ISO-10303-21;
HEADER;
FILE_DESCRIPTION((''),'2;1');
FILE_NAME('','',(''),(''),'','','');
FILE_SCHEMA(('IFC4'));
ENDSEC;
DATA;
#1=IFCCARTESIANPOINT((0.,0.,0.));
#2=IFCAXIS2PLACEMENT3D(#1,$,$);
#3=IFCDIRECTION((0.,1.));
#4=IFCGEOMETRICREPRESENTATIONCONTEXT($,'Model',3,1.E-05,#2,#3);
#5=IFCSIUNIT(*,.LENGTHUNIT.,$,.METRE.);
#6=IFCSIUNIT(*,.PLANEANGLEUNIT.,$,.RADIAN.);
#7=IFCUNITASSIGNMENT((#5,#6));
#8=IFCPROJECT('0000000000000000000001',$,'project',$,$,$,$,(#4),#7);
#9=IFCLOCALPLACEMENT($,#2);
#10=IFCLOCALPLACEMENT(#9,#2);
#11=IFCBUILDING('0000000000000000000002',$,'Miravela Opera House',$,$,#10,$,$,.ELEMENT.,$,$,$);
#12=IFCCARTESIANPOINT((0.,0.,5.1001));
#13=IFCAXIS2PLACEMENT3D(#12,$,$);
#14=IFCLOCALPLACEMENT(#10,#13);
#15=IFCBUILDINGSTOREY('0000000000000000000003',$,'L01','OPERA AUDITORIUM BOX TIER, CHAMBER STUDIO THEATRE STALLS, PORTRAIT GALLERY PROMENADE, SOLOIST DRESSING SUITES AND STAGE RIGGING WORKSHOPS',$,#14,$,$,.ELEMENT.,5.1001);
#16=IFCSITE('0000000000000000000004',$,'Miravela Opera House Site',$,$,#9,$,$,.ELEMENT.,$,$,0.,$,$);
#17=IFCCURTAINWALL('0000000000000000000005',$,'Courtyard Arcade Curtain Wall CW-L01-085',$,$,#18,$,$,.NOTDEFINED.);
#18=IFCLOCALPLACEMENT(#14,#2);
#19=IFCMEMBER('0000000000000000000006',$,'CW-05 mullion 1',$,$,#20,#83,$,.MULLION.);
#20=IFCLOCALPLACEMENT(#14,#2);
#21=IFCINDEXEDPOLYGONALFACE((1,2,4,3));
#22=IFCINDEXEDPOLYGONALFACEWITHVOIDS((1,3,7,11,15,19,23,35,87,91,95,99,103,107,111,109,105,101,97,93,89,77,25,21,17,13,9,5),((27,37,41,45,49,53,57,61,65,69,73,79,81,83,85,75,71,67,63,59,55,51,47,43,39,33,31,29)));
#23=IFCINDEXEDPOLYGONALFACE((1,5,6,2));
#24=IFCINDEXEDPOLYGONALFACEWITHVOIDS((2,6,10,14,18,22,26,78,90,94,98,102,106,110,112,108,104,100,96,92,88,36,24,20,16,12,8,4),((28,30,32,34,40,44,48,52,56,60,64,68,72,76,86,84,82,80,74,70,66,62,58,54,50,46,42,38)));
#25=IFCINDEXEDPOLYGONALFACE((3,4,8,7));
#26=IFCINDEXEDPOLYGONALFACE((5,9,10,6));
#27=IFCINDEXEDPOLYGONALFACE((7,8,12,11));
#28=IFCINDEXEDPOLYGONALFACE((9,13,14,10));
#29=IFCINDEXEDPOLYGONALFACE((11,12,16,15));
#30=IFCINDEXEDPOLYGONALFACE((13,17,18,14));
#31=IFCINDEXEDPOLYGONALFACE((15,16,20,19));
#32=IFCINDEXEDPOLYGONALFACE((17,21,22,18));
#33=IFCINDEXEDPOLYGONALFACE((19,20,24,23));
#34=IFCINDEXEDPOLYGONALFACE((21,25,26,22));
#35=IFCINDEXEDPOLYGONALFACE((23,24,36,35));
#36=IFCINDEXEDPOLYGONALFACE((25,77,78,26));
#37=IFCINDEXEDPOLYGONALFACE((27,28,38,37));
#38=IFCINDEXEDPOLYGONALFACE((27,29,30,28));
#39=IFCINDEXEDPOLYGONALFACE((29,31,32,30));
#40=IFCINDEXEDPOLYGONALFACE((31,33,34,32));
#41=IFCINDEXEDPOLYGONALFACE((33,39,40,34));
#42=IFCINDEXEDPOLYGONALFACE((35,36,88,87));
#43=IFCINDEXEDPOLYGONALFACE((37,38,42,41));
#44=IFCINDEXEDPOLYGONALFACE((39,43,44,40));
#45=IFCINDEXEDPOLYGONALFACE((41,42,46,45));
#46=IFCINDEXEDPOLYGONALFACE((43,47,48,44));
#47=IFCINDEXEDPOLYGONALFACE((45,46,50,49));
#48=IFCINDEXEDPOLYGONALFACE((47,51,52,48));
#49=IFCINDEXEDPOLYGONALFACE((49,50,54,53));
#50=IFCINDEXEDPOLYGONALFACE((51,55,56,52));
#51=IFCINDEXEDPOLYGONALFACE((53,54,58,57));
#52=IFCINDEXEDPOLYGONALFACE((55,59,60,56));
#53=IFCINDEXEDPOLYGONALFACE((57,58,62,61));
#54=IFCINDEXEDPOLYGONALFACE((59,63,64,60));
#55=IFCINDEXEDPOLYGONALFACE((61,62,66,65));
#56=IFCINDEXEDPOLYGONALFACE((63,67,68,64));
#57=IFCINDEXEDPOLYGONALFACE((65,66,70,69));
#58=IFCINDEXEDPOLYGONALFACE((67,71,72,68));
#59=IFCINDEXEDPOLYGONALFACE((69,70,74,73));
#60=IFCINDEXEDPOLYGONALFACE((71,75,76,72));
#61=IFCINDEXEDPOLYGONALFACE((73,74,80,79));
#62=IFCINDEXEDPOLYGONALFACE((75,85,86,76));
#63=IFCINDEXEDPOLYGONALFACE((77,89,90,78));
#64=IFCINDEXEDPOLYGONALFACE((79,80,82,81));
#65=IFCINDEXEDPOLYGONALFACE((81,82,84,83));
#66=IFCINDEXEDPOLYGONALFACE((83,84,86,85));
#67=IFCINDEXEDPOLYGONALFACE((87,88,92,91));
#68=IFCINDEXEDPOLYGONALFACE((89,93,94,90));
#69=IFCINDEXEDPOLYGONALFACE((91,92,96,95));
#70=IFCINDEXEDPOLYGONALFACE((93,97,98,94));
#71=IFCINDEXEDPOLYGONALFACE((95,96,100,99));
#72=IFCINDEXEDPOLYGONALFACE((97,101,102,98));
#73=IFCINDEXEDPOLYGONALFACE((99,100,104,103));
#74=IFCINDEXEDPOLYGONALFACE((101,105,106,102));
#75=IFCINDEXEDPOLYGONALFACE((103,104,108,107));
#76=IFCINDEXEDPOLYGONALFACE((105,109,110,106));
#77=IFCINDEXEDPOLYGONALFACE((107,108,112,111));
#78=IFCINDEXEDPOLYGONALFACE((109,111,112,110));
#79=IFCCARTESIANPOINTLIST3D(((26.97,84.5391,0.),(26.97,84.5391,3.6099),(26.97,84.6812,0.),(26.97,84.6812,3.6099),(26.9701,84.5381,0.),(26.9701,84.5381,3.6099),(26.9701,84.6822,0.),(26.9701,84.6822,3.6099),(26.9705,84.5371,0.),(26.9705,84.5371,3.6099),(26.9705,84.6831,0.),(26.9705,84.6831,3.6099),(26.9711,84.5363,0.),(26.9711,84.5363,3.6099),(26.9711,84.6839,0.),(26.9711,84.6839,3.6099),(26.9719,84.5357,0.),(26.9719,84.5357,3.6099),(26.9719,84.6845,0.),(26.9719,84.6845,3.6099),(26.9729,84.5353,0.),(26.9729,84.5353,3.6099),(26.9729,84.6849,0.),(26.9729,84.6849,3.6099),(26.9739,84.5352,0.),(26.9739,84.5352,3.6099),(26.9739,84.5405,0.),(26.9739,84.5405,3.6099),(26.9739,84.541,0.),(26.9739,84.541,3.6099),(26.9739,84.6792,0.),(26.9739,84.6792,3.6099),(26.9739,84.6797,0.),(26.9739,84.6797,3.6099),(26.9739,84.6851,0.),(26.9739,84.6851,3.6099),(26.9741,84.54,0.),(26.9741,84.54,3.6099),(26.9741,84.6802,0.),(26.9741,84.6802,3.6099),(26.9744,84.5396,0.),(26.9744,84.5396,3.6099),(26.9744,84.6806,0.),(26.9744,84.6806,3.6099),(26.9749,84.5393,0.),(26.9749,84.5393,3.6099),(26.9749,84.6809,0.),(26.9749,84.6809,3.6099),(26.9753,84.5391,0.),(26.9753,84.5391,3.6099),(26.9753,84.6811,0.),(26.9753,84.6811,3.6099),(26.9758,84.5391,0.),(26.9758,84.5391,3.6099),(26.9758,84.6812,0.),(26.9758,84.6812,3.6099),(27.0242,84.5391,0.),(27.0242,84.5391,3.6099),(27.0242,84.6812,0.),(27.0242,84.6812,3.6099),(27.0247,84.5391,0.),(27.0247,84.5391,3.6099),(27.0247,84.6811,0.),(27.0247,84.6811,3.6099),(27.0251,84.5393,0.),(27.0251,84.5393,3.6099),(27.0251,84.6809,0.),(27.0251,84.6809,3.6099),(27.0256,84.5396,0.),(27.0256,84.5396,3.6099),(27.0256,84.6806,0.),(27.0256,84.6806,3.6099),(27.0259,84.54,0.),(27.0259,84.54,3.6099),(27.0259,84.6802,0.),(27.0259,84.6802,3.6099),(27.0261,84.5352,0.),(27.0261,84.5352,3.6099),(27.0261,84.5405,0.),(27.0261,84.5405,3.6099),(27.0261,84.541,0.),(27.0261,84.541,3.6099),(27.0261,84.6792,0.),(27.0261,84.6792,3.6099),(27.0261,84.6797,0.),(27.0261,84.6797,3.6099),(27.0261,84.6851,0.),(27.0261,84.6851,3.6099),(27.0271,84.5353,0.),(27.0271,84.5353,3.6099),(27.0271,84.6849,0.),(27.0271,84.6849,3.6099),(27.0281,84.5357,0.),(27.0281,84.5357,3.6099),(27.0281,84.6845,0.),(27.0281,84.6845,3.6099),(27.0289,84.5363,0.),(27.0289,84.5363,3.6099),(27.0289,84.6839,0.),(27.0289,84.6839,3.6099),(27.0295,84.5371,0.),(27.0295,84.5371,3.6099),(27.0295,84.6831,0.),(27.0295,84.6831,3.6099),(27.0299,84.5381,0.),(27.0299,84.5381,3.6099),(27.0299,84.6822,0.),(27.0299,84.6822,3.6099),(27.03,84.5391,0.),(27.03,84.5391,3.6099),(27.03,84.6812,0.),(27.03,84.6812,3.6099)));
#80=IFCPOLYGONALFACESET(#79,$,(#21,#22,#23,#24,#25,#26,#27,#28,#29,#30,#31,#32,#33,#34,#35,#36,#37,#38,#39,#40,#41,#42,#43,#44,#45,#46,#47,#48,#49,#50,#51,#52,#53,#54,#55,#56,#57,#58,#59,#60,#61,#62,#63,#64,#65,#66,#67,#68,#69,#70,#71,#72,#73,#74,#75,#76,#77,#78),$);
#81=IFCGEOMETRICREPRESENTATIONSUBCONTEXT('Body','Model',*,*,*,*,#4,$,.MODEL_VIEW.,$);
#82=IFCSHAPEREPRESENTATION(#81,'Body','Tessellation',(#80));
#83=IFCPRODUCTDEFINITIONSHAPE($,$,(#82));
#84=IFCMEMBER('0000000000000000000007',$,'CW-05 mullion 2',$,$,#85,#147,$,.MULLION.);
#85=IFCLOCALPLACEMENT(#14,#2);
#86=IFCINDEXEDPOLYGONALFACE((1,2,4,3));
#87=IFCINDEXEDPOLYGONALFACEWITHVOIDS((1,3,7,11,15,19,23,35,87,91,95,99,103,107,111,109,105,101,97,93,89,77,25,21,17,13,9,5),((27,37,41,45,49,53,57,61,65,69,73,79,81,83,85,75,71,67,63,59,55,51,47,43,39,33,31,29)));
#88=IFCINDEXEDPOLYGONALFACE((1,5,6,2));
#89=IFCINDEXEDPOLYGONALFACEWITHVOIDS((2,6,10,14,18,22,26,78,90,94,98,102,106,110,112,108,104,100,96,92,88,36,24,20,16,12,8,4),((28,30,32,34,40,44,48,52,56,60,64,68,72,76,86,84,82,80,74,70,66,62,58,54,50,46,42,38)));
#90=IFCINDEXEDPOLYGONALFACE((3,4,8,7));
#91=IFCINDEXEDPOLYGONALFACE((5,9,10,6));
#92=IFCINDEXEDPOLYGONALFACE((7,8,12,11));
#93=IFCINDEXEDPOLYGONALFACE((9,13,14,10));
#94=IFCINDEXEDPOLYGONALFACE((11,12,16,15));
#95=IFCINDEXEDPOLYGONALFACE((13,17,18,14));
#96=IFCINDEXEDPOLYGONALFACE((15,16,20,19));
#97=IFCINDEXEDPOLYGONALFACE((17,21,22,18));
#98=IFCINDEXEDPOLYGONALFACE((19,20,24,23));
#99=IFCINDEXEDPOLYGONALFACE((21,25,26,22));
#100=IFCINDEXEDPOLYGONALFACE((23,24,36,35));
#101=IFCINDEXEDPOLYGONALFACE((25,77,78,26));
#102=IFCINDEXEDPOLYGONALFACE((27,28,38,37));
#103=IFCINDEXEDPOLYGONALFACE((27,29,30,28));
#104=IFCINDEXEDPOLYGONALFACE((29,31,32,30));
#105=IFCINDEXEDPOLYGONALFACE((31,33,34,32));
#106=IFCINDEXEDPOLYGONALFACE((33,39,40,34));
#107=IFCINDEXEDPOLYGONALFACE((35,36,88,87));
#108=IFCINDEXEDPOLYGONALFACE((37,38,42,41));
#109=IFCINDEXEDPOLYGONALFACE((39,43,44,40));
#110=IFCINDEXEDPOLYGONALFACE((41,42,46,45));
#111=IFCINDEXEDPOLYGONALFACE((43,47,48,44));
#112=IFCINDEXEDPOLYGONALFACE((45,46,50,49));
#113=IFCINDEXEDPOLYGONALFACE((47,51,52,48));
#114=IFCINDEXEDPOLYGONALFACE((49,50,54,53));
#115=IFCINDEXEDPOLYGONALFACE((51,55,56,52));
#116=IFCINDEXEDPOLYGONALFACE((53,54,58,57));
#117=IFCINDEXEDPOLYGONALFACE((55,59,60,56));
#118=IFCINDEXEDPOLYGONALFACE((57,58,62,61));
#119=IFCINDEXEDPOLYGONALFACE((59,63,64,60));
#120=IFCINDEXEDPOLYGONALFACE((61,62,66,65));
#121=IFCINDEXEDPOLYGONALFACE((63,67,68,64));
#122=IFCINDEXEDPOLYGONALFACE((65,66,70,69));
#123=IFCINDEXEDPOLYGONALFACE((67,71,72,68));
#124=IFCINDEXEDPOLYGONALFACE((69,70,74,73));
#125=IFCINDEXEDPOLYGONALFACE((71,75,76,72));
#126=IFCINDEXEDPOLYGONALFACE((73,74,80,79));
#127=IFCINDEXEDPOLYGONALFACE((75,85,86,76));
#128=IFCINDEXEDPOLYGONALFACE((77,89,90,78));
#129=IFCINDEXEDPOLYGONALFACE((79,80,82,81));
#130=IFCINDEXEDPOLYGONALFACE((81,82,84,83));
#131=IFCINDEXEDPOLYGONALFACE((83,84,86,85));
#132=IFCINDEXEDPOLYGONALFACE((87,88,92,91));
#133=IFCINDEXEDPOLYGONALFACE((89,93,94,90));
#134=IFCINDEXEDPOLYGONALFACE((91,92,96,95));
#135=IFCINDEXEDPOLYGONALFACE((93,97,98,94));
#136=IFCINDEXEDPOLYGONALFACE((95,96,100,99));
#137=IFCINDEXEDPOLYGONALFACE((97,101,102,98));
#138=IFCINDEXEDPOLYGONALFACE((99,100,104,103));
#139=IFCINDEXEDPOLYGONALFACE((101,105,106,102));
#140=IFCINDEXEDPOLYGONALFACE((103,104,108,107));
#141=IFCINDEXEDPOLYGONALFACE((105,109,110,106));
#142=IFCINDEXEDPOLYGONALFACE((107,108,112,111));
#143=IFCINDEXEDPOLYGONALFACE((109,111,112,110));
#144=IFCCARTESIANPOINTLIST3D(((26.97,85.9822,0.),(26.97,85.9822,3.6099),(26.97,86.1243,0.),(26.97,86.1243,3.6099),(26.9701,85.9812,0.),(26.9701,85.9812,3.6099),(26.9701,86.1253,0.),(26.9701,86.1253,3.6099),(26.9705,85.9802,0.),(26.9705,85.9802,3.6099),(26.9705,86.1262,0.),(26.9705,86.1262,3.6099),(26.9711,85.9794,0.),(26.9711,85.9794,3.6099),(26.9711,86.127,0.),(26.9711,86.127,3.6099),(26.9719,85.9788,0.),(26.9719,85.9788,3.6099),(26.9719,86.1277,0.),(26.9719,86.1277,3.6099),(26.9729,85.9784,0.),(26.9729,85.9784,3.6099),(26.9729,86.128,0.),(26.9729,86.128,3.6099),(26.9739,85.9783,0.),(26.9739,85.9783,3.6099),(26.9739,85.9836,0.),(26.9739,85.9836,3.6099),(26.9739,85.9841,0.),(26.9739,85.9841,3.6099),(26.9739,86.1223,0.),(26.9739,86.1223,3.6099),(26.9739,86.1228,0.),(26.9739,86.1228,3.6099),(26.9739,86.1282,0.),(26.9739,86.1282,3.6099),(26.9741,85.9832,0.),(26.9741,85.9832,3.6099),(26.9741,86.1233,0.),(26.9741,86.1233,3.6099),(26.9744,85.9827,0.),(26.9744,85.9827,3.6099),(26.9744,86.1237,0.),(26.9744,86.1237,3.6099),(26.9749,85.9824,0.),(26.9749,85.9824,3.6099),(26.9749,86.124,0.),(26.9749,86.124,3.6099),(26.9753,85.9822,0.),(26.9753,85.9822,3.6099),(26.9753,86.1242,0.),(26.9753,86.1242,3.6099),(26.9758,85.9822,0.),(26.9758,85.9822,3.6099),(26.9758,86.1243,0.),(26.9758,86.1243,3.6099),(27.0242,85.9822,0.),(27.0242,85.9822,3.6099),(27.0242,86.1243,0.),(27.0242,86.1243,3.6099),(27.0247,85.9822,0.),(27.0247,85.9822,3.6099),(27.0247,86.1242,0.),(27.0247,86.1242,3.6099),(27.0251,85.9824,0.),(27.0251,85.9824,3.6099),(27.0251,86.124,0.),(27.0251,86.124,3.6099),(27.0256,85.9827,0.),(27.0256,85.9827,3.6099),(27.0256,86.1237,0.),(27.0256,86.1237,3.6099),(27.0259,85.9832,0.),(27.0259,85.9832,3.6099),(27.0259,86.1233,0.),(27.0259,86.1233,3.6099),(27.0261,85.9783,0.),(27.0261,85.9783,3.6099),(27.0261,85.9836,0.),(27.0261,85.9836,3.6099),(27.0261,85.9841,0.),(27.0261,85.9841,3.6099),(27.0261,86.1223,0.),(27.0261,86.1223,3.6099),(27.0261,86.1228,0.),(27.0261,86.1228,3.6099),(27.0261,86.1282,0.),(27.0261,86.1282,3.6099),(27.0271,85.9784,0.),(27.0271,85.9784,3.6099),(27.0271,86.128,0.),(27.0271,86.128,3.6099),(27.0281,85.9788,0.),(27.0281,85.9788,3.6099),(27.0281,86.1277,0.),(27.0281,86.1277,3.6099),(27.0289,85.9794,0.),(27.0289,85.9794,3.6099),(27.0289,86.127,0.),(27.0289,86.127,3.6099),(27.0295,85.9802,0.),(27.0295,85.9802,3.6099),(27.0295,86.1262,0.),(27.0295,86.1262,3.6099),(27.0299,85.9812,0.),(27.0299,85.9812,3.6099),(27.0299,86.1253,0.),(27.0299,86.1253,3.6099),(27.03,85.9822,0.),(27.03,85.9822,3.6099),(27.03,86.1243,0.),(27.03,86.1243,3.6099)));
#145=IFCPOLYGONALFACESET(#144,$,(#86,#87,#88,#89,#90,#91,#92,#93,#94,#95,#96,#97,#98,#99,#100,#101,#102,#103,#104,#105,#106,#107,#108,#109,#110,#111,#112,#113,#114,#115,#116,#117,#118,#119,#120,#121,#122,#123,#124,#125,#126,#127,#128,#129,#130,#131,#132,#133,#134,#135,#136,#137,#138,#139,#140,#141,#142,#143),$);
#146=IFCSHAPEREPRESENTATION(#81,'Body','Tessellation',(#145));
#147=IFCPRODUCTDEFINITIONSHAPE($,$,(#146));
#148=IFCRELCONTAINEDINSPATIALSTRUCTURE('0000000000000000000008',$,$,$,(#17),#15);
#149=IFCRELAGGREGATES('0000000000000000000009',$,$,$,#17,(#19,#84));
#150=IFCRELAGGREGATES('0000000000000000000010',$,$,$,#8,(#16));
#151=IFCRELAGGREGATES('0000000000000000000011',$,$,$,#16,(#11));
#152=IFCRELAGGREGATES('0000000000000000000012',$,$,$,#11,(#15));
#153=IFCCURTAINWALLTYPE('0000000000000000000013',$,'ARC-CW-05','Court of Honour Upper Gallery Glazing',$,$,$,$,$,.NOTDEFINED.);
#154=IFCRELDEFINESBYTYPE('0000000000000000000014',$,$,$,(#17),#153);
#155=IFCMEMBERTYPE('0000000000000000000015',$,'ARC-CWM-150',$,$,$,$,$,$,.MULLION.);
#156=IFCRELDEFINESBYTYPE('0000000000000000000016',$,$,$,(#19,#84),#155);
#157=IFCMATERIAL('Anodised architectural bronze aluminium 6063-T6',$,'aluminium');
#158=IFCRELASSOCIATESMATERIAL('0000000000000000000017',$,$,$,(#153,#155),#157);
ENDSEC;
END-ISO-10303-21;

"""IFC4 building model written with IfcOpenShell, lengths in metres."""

from ifc_helpers import new_model, si_unit, direction, frame, origin, origin_2d, place, context, subcontext, project, spatial, hollow_rectangle, extrude, material, material_profile, profile_set, type_object, element, aggregate, save


model = new_model("IFC4")

# Units and contexts
model_context = context("Model", 3, precision=1e-05, world=origin(), true_north=direction((0.0, 1.0)))
body_context = subcontext(model_context, "Body", "Model", "MODEL_VIEW")
ifc_project = project(units=[si_unit("LENGTHUNIT", "METRE"), si_unit("PLANEANGLEUNIT", "RADIAN")], contexts=[model_context])

# Site, building, storey
site_placement = place(None, origin())
site = spatial("IfcSite", under=ifc_project, at=site_placement, Name="Miravela Opera House Site", CompositionType="ELEMENT", RefElevation=0.0)
building_placement = place(site_placement, origin())
building = spatial("IfcBuilding", under=site, at=building_placement, Name="Miravela Opera House", CompositionType="ELEMENT")
storey_placement = place(building_placement, frame((0.0, 0.0, 5.1001)))
storey = spatial("IfcBuildingStorey", under=building, at=storey_placement, Name="L01", Description="OPERA AUDITORIUM BOX TIER, CHAMBER STUDIO THEATRE STALLS, PORTRAIT GALLERY PROMENADE, SOLOIST DRESSING SUITES AND STAGE RIGGING WORKSHOPS", CompositionType="ELEMENT", Elevation=5.1001)

# Curtain wall, members
ifc_material_1 = material(Name="Anodised architectural bronze aluminium 6063-T6", Category="aluminium")
curtain_wall_type = type_object("IfcCurtainWallType", Name="ARC-CW-05", Description="Court of Honour Upper Gallery Glazing", PredefinedType="NOTDEFINED", material=ifc_material_1)
curtain_wall_placement = place(storey_placement, origin())
curtain_wall = element("IfcCurtainWall", 1, at=curtain_wall_placement, inside=storey, type_object=curtain_wall_type, Name="Courtyard Arcade Curtain Wall CW-L01-085", PredefinedType="NOTDEFINED")
ifc_material_profile_1 = material_profile(ifc_material_1, hollow_rectangle(XDim=0.0601, YDim=0.1499, WallThickness=0.0039, InnerFilletRadius=0.002, OuterFilletRadius=0.0039, at=origin_2d()), Name="CWM-60X150")
ifc_profile_set_1 = profile_set([ifc_material_profile_1])
member_type_1 = type_object("IfcMemberType", Name="ARC-CWM-150", PredefinedType="MULLION", material=ifc_profile_set_1)
member_1_placement = place(storey_placement, frame((27.0, 84.6101, 0.0), z_axis=(0.0, 0.0, 1.0), x_axis=(-1.0, 0.0, 0.0)))
member_1 = element("IfcMember", 2, at=member_1_placement, type_object=member_type_1, Name="CW-05 mullion 1", PredefinedType="MULLION", context=body_context, shape_type="SweptSolid", body=[
    extrude(hollow_rectangle(XDim=0.0601, YDim=0.1499, WallThickness=0.0039, InnerFilletRadius=0.002, OuterFilletRadius=0.0039, at=origin_2d()), origin(), (0.0, 0.0, 1.0), 3.6099),
])
member_2_placement = place(storey_placement, frame((27.0, 86.0532, 0.0), z_axis=(0.0, 0.0, 1.0), x_axis=(-1.0, 0.0, 0.0)))
member_2 = element("IfcMember", 3, at=member_2_placement, type_object=member_type_1, Name="CW-05 mullion 2", PredefinedType="MULLION", context=body_context, shape_type="SweptSolid", body=[
    extrude(hollow_rectangle(XDim=0.0601, YDim=0.1499, WallThickness=0.0039, InnerFilletRadius=0.002, OuterFilletRadius=0.0039, at=origin_2d()), origin(), (0.0, 0.0, 1.0), 3.6099),
])

aggregate(curtain_wall, [member_1, member_2])

save(model, "model.ifc")
